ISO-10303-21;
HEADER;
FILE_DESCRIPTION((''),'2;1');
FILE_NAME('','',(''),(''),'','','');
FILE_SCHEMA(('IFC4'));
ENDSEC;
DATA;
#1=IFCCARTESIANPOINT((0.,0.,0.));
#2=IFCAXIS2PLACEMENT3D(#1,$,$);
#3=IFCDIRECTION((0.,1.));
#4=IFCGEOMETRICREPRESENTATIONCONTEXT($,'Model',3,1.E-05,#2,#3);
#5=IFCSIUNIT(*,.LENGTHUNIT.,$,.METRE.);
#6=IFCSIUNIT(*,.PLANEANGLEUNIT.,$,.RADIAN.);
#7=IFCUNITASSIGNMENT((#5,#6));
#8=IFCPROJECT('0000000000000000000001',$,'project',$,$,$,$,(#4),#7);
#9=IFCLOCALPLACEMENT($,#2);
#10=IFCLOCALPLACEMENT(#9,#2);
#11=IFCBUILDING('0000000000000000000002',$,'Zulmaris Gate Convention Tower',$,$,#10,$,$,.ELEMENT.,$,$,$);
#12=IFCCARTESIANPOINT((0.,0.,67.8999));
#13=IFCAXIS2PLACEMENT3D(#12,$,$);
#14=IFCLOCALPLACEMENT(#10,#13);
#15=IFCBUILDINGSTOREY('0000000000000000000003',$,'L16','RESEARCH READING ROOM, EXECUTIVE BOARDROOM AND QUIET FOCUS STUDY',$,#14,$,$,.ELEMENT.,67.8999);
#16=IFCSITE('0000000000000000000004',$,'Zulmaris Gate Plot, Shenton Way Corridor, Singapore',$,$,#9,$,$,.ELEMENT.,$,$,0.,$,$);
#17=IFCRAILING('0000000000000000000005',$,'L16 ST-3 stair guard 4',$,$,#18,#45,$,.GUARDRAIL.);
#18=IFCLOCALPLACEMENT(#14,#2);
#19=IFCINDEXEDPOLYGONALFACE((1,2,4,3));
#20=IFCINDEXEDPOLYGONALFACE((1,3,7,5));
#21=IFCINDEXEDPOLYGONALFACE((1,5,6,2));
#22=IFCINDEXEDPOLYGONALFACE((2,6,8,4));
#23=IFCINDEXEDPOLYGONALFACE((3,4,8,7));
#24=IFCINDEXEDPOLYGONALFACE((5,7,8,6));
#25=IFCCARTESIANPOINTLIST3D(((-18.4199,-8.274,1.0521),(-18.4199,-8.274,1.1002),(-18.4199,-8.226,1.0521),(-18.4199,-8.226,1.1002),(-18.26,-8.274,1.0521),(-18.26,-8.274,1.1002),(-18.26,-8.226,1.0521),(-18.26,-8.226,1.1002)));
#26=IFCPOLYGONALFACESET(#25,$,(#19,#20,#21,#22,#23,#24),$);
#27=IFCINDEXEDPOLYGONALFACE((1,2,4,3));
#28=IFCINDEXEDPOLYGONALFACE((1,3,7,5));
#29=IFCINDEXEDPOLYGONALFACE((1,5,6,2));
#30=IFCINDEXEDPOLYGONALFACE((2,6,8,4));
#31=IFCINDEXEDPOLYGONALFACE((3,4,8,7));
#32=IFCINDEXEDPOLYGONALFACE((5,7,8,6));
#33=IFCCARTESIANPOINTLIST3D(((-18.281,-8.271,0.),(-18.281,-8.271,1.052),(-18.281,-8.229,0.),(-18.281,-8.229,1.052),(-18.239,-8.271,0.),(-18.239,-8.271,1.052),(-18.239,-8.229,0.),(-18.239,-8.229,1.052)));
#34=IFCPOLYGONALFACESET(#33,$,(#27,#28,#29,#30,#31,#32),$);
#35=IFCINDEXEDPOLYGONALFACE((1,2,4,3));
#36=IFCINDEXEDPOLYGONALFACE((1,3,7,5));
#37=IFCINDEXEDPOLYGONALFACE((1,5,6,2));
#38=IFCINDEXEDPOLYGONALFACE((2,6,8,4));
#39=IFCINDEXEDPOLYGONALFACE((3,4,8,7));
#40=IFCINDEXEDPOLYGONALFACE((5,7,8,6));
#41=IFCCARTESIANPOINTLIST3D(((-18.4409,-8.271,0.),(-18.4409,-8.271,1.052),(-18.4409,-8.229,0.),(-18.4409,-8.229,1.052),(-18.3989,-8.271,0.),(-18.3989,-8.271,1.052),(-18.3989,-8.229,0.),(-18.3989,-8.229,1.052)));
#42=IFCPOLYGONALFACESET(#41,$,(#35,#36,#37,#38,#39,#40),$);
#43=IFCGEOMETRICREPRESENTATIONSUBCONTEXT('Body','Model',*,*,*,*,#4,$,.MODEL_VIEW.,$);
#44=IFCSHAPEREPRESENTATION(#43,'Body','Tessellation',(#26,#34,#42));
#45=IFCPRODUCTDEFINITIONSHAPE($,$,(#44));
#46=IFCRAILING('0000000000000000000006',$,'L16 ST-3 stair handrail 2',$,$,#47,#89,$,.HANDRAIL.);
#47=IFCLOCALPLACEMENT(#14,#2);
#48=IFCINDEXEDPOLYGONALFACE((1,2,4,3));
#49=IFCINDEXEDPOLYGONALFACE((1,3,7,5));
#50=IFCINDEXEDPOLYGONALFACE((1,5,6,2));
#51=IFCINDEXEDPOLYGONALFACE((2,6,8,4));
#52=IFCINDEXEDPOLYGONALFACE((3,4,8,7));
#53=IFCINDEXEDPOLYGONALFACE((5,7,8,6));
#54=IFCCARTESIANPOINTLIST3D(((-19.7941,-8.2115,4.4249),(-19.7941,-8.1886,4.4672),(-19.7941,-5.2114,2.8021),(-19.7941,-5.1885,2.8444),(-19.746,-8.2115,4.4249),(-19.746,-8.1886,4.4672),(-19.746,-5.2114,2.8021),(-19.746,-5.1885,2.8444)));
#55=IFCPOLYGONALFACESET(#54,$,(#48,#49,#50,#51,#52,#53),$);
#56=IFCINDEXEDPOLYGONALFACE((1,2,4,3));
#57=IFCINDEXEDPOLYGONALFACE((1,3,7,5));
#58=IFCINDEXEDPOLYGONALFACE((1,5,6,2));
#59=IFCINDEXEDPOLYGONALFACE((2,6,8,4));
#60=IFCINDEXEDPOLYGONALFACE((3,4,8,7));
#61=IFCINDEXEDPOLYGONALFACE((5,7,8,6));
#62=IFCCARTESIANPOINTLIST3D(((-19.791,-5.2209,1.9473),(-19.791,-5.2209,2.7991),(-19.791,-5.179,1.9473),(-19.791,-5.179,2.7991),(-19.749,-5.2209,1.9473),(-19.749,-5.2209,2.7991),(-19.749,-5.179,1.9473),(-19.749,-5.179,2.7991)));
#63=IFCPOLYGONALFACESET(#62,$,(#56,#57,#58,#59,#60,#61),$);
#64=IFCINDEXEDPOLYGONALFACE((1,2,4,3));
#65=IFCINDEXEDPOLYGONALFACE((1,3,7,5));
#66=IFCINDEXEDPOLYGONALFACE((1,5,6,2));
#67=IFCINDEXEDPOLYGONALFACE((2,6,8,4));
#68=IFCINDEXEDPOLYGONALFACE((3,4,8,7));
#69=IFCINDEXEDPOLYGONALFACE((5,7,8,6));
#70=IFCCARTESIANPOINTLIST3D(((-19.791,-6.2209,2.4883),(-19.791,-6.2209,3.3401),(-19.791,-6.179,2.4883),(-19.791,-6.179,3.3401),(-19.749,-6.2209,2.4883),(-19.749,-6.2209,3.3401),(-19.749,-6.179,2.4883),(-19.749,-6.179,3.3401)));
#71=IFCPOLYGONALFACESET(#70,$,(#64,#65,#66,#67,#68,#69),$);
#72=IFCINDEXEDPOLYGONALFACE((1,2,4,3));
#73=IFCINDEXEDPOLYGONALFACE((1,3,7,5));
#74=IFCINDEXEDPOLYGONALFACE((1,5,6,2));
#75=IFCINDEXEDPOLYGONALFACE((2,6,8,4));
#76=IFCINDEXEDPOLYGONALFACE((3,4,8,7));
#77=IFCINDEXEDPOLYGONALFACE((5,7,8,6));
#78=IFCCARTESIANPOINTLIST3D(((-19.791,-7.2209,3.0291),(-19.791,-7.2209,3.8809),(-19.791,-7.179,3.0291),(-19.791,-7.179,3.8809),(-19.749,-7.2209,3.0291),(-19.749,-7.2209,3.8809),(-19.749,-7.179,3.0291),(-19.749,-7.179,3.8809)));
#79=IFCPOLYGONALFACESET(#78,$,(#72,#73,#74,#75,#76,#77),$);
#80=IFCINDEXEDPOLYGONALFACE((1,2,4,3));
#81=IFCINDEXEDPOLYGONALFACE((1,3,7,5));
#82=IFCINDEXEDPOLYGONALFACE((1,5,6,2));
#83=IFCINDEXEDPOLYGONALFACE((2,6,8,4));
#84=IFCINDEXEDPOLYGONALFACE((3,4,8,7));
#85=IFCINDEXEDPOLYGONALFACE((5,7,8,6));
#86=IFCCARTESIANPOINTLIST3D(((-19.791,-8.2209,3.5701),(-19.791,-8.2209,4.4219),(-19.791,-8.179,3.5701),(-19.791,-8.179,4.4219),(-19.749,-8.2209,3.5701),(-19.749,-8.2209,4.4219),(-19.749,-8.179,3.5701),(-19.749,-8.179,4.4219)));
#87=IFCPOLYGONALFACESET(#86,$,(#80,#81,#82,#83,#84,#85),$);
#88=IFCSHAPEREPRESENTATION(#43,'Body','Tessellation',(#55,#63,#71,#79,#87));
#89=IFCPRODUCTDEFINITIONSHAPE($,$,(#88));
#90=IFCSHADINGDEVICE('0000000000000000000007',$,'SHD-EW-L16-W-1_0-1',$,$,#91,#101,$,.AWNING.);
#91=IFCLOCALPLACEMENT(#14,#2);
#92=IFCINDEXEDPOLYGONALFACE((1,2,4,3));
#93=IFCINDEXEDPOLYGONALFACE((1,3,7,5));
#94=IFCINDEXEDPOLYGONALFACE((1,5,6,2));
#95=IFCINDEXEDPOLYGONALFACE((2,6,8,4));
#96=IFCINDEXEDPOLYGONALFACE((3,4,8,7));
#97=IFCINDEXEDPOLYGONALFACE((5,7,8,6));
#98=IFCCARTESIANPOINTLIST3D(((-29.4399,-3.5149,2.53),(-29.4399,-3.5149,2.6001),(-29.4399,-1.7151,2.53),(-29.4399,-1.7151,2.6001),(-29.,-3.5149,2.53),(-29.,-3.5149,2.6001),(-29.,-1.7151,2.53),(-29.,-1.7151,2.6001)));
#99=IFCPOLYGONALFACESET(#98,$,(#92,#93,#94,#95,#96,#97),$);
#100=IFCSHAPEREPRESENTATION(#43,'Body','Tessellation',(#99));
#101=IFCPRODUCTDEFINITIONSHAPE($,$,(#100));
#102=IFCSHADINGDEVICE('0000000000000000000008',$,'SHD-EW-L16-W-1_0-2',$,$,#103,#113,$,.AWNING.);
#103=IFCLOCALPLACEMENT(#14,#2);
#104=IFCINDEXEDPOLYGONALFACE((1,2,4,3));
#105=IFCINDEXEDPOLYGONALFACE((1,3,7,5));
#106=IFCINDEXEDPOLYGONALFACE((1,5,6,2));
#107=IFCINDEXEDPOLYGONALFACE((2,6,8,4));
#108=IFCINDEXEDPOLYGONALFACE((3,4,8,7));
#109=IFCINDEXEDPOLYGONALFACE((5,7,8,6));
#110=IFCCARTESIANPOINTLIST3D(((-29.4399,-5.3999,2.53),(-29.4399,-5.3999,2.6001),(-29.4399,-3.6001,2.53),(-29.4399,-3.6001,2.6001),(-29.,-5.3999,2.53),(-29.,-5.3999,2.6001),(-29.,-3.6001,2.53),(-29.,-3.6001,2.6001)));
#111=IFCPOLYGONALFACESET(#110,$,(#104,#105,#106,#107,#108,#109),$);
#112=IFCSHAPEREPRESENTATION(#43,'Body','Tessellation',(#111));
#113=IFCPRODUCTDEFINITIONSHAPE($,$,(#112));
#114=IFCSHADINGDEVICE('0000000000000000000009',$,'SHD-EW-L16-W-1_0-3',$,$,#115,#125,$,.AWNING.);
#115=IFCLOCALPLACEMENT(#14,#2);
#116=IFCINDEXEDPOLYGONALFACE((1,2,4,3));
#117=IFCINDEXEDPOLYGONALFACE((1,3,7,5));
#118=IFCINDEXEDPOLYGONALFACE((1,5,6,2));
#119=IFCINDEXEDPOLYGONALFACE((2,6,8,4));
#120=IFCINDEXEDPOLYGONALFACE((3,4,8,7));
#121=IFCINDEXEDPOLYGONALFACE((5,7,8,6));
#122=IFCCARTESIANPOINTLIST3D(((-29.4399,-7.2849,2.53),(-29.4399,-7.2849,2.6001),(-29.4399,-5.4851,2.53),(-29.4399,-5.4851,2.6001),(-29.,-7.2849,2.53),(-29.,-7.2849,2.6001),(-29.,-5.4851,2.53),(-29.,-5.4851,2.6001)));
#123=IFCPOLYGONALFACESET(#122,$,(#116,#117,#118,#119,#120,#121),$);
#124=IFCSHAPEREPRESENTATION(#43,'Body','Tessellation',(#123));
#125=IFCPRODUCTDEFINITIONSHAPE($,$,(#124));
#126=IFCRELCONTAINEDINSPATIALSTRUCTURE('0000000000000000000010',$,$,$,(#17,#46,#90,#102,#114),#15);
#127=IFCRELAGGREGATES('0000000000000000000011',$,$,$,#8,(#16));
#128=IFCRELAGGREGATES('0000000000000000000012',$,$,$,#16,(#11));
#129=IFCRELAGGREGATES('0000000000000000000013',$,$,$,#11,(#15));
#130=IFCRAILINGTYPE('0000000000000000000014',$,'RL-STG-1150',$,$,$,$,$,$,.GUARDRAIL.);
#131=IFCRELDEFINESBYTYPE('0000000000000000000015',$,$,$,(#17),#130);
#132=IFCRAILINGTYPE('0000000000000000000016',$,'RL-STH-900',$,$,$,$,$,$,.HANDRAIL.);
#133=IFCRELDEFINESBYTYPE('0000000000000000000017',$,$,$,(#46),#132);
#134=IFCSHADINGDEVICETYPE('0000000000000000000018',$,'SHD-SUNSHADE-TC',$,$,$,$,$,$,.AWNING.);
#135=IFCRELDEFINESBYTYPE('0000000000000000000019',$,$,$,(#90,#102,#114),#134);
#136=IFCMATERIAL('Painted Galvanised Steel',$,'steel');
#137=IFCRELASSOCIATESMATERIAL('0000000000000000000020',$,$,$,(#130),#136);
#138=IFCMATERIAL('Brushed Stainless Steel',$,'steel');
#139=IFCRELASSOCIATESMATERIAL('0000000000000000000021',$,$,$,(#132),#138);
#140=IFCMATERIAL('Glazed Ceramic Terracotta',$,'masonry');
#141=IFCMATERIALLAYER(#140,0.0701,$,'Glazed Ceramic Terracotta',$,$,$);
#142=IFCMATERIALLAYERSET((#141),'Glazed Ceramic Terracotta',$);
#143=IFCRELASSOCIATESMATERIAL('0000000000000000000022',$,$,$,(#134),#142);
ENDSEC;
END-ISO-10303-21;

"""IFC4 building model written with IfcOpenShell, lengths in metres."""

from ifc_helpers import new_model, si_unit, direction, frame, frame_2d, origin, origin_2d, place, context, subcontext, project, spatial, rectangle, extrude, material, layer, layer_set, type_object, element, save


model = new_model("IFC4")

# Units and contexts
model_context = context("Model", 3, precision=1e-05, world=origin(), true_north=direction((0.0, 1.0)))
body_context = subcontext(model_context, "Body", "Model", "MODEL_VIEW")
ifc_project = project(units=[si_unit("LENGTHUNIT", "METRE"), si_unit("PLANEANGLEUNIT", "RADIAN")], contexts=[model_context])

# Site, building, storey
site_placement = place(None, origin())
site = spatial("IfcSite", under=ifc_project, at=site_placement, Name="Zulmaris Gate Plot, Shenton Way Corridor, Singapore", CompositionType="ELEMENT", RefElevation=0.0)
building_placement = place(site_placement, origin())
building = spatial("IfcBuilding", under=site, at=building_placement, Name="Zulmaris Gate Convention Tower", CompositionType="ELEMENT")
storey_placement = place(building_placement, frame((0.0, 0.0, 67.8999)))
storey = spatial("IfcBuildingStorey", under=building, at=storey_placement, Name="L16", Description="RESEARCH READING ROOM, EXECUTIVE BOARDROOM AND QUIET FOCUS STUDY", CompositionType="ELEMENT", Elevation=67.8999)

# Railings
ifc_material_1 = material(Name="Painted Galvanised Steel", Category="steel")
railing_type_1 = type_object("IfcRailingType", Name="RL-STG-1150", PredefinedType="GUARDRAIL", material=ifc_material_1)
railing_1_placement = place(storey_placement, frame((-18.26, -8.25, 0.0)))
element("IfcRailing", 1, at=railing_1_placement, inside=storey, type_object=railing_type_1, Name="L16 ST-3 stair guard 4", PredefinedType="GUARDRAIL", context=body_context, shape_type="SweptSolid", body=[
    extrude(rectangle(XDim=0.0481, YDim=0.0481, at=origin_2d()), frame((0.0, 0.0, 1.0762), z_axis=(-1.0, 0.0, 0.0), x_axis=(0.0, -1.0, 0.0)), (0.0, 0.0, 1.0), 0.1599),
    extrude(rectangle(XDim=0.042, YDim=0.042, at=origin_2d()), origin(), (0.0, 0.0, 1.0), 1.052),
    extrude(rectangle(XDim=0.042, YDim=0.042, at=origin_2d()), frame((-0.1599, 0.0, 0.0)), (0.0, 0.0, 1.0), 1.052),
])
ifc_material_2 = material(Name="Brushed Stainless Steel", Category="steel")
railing_type_2 = type_object("IfcRailingType", Name="RL-STH-900", PredefinedType="HANDRAIL", material=ifc_material_2)
railing_2_placement = place(storey_placement, frame((-19.77, -5.2, 1.9473)))
element("IfcRailing", 2, at=railing_2_placement, inside=storey, type_object=railing_type_2, Name="L16 ST-3 stair handrail 2", PredefinedType="HANDRAIL", context=body_context, shape_type="SweptSolid", body=[
    extrude(rectangle(XDim=0.0481, YDim=0.0481, at=origin_2d()), frame((0.0, 0.0, 0.876), z_axis=(0.0, -0.879562, 0.475785), x_axis=(1.0, 0.0, 0.0)), (0.0, 0.0, 1.0), 3.4109),
    extrude(rectangle(XDim=0.042, YDim=0.042, at=origin_2d()), origin(), (0.0, 0.0, 1.0), 0.8518),
    extrude(rectangle(XDim=0.042, YDim=0.042, at=origin_2d()), frame((0.0, -1.0, 0.541)), (0.0, 0.0, 1.0), 0.8518),
    extrude(rectangle(XDim=0.042, YDim=0.042, at=origin_2d()), frame((0.0, -2.0, 1.0818)), (0.0, 0.0, 1.0), 0.8518),
    extrude(rectangle(XDim=0.042, YDim=0.042, at=origin_2d()), frame((0.0, -3.0, 1.6228)), (0.0, 0.0, 1.0), 0.8518),
])

# Shading devices
ifc_material_3 = material(Name="Glazed Ceramic Terracotta", Category="masonry")
ifc_layer_1 = layer(ifc_material_3, 0.0701, Name="Glazed Ceramic Terracotta")
ifc_layer_set_1 = layer_set([ifc_layer_1], Name="Glazed Ceramic Terracotta")
shading_device_type = type_object("IfcShadingDeviceType", Name="SHD-SUNSHADE-TC", PredefinedType="AWNING", material=ifc_layer_set_1)
for number, where, z_axis, x_axis, name in (
    (3, (-29.22, -1.7151, 2.53), (0.0, 0.0, 1.0), (0.0, -1.0, 0.0), "SHD-EW-L16-W-1_0-1"),
    (4, (-29.22, -3.6001, 2.53), (0.0, 0.0, 1.0), (0.0, -1.0, 0.0), "SHD-EW-L16-W-1_0-2"),
    (5, (-29.22, -5.4851, 2.53), (0.0, 0.0, 1.0), (0.0, -1.0, 0.0), "SHD-EW-L16-W-1_0-3"),
):
    element("IfcShadingDevice", number, at=place(storey_placement, frame(where, z_axis=z_axis, x_axis=x_axis)), inside=storey, type_object=shading_device_type, Name=name, PredefinedType="AWNING", context=body_context, shape_type="SweptSolid", body=[
        extrude(rectangle(XDim=1.7998, YDim=0.4399, at=frame_2d((0.8999, 0.0))), origin(), (0.0, 0.0, 1.0), 0.0701),
    ])

save(model, "model.ifc")
